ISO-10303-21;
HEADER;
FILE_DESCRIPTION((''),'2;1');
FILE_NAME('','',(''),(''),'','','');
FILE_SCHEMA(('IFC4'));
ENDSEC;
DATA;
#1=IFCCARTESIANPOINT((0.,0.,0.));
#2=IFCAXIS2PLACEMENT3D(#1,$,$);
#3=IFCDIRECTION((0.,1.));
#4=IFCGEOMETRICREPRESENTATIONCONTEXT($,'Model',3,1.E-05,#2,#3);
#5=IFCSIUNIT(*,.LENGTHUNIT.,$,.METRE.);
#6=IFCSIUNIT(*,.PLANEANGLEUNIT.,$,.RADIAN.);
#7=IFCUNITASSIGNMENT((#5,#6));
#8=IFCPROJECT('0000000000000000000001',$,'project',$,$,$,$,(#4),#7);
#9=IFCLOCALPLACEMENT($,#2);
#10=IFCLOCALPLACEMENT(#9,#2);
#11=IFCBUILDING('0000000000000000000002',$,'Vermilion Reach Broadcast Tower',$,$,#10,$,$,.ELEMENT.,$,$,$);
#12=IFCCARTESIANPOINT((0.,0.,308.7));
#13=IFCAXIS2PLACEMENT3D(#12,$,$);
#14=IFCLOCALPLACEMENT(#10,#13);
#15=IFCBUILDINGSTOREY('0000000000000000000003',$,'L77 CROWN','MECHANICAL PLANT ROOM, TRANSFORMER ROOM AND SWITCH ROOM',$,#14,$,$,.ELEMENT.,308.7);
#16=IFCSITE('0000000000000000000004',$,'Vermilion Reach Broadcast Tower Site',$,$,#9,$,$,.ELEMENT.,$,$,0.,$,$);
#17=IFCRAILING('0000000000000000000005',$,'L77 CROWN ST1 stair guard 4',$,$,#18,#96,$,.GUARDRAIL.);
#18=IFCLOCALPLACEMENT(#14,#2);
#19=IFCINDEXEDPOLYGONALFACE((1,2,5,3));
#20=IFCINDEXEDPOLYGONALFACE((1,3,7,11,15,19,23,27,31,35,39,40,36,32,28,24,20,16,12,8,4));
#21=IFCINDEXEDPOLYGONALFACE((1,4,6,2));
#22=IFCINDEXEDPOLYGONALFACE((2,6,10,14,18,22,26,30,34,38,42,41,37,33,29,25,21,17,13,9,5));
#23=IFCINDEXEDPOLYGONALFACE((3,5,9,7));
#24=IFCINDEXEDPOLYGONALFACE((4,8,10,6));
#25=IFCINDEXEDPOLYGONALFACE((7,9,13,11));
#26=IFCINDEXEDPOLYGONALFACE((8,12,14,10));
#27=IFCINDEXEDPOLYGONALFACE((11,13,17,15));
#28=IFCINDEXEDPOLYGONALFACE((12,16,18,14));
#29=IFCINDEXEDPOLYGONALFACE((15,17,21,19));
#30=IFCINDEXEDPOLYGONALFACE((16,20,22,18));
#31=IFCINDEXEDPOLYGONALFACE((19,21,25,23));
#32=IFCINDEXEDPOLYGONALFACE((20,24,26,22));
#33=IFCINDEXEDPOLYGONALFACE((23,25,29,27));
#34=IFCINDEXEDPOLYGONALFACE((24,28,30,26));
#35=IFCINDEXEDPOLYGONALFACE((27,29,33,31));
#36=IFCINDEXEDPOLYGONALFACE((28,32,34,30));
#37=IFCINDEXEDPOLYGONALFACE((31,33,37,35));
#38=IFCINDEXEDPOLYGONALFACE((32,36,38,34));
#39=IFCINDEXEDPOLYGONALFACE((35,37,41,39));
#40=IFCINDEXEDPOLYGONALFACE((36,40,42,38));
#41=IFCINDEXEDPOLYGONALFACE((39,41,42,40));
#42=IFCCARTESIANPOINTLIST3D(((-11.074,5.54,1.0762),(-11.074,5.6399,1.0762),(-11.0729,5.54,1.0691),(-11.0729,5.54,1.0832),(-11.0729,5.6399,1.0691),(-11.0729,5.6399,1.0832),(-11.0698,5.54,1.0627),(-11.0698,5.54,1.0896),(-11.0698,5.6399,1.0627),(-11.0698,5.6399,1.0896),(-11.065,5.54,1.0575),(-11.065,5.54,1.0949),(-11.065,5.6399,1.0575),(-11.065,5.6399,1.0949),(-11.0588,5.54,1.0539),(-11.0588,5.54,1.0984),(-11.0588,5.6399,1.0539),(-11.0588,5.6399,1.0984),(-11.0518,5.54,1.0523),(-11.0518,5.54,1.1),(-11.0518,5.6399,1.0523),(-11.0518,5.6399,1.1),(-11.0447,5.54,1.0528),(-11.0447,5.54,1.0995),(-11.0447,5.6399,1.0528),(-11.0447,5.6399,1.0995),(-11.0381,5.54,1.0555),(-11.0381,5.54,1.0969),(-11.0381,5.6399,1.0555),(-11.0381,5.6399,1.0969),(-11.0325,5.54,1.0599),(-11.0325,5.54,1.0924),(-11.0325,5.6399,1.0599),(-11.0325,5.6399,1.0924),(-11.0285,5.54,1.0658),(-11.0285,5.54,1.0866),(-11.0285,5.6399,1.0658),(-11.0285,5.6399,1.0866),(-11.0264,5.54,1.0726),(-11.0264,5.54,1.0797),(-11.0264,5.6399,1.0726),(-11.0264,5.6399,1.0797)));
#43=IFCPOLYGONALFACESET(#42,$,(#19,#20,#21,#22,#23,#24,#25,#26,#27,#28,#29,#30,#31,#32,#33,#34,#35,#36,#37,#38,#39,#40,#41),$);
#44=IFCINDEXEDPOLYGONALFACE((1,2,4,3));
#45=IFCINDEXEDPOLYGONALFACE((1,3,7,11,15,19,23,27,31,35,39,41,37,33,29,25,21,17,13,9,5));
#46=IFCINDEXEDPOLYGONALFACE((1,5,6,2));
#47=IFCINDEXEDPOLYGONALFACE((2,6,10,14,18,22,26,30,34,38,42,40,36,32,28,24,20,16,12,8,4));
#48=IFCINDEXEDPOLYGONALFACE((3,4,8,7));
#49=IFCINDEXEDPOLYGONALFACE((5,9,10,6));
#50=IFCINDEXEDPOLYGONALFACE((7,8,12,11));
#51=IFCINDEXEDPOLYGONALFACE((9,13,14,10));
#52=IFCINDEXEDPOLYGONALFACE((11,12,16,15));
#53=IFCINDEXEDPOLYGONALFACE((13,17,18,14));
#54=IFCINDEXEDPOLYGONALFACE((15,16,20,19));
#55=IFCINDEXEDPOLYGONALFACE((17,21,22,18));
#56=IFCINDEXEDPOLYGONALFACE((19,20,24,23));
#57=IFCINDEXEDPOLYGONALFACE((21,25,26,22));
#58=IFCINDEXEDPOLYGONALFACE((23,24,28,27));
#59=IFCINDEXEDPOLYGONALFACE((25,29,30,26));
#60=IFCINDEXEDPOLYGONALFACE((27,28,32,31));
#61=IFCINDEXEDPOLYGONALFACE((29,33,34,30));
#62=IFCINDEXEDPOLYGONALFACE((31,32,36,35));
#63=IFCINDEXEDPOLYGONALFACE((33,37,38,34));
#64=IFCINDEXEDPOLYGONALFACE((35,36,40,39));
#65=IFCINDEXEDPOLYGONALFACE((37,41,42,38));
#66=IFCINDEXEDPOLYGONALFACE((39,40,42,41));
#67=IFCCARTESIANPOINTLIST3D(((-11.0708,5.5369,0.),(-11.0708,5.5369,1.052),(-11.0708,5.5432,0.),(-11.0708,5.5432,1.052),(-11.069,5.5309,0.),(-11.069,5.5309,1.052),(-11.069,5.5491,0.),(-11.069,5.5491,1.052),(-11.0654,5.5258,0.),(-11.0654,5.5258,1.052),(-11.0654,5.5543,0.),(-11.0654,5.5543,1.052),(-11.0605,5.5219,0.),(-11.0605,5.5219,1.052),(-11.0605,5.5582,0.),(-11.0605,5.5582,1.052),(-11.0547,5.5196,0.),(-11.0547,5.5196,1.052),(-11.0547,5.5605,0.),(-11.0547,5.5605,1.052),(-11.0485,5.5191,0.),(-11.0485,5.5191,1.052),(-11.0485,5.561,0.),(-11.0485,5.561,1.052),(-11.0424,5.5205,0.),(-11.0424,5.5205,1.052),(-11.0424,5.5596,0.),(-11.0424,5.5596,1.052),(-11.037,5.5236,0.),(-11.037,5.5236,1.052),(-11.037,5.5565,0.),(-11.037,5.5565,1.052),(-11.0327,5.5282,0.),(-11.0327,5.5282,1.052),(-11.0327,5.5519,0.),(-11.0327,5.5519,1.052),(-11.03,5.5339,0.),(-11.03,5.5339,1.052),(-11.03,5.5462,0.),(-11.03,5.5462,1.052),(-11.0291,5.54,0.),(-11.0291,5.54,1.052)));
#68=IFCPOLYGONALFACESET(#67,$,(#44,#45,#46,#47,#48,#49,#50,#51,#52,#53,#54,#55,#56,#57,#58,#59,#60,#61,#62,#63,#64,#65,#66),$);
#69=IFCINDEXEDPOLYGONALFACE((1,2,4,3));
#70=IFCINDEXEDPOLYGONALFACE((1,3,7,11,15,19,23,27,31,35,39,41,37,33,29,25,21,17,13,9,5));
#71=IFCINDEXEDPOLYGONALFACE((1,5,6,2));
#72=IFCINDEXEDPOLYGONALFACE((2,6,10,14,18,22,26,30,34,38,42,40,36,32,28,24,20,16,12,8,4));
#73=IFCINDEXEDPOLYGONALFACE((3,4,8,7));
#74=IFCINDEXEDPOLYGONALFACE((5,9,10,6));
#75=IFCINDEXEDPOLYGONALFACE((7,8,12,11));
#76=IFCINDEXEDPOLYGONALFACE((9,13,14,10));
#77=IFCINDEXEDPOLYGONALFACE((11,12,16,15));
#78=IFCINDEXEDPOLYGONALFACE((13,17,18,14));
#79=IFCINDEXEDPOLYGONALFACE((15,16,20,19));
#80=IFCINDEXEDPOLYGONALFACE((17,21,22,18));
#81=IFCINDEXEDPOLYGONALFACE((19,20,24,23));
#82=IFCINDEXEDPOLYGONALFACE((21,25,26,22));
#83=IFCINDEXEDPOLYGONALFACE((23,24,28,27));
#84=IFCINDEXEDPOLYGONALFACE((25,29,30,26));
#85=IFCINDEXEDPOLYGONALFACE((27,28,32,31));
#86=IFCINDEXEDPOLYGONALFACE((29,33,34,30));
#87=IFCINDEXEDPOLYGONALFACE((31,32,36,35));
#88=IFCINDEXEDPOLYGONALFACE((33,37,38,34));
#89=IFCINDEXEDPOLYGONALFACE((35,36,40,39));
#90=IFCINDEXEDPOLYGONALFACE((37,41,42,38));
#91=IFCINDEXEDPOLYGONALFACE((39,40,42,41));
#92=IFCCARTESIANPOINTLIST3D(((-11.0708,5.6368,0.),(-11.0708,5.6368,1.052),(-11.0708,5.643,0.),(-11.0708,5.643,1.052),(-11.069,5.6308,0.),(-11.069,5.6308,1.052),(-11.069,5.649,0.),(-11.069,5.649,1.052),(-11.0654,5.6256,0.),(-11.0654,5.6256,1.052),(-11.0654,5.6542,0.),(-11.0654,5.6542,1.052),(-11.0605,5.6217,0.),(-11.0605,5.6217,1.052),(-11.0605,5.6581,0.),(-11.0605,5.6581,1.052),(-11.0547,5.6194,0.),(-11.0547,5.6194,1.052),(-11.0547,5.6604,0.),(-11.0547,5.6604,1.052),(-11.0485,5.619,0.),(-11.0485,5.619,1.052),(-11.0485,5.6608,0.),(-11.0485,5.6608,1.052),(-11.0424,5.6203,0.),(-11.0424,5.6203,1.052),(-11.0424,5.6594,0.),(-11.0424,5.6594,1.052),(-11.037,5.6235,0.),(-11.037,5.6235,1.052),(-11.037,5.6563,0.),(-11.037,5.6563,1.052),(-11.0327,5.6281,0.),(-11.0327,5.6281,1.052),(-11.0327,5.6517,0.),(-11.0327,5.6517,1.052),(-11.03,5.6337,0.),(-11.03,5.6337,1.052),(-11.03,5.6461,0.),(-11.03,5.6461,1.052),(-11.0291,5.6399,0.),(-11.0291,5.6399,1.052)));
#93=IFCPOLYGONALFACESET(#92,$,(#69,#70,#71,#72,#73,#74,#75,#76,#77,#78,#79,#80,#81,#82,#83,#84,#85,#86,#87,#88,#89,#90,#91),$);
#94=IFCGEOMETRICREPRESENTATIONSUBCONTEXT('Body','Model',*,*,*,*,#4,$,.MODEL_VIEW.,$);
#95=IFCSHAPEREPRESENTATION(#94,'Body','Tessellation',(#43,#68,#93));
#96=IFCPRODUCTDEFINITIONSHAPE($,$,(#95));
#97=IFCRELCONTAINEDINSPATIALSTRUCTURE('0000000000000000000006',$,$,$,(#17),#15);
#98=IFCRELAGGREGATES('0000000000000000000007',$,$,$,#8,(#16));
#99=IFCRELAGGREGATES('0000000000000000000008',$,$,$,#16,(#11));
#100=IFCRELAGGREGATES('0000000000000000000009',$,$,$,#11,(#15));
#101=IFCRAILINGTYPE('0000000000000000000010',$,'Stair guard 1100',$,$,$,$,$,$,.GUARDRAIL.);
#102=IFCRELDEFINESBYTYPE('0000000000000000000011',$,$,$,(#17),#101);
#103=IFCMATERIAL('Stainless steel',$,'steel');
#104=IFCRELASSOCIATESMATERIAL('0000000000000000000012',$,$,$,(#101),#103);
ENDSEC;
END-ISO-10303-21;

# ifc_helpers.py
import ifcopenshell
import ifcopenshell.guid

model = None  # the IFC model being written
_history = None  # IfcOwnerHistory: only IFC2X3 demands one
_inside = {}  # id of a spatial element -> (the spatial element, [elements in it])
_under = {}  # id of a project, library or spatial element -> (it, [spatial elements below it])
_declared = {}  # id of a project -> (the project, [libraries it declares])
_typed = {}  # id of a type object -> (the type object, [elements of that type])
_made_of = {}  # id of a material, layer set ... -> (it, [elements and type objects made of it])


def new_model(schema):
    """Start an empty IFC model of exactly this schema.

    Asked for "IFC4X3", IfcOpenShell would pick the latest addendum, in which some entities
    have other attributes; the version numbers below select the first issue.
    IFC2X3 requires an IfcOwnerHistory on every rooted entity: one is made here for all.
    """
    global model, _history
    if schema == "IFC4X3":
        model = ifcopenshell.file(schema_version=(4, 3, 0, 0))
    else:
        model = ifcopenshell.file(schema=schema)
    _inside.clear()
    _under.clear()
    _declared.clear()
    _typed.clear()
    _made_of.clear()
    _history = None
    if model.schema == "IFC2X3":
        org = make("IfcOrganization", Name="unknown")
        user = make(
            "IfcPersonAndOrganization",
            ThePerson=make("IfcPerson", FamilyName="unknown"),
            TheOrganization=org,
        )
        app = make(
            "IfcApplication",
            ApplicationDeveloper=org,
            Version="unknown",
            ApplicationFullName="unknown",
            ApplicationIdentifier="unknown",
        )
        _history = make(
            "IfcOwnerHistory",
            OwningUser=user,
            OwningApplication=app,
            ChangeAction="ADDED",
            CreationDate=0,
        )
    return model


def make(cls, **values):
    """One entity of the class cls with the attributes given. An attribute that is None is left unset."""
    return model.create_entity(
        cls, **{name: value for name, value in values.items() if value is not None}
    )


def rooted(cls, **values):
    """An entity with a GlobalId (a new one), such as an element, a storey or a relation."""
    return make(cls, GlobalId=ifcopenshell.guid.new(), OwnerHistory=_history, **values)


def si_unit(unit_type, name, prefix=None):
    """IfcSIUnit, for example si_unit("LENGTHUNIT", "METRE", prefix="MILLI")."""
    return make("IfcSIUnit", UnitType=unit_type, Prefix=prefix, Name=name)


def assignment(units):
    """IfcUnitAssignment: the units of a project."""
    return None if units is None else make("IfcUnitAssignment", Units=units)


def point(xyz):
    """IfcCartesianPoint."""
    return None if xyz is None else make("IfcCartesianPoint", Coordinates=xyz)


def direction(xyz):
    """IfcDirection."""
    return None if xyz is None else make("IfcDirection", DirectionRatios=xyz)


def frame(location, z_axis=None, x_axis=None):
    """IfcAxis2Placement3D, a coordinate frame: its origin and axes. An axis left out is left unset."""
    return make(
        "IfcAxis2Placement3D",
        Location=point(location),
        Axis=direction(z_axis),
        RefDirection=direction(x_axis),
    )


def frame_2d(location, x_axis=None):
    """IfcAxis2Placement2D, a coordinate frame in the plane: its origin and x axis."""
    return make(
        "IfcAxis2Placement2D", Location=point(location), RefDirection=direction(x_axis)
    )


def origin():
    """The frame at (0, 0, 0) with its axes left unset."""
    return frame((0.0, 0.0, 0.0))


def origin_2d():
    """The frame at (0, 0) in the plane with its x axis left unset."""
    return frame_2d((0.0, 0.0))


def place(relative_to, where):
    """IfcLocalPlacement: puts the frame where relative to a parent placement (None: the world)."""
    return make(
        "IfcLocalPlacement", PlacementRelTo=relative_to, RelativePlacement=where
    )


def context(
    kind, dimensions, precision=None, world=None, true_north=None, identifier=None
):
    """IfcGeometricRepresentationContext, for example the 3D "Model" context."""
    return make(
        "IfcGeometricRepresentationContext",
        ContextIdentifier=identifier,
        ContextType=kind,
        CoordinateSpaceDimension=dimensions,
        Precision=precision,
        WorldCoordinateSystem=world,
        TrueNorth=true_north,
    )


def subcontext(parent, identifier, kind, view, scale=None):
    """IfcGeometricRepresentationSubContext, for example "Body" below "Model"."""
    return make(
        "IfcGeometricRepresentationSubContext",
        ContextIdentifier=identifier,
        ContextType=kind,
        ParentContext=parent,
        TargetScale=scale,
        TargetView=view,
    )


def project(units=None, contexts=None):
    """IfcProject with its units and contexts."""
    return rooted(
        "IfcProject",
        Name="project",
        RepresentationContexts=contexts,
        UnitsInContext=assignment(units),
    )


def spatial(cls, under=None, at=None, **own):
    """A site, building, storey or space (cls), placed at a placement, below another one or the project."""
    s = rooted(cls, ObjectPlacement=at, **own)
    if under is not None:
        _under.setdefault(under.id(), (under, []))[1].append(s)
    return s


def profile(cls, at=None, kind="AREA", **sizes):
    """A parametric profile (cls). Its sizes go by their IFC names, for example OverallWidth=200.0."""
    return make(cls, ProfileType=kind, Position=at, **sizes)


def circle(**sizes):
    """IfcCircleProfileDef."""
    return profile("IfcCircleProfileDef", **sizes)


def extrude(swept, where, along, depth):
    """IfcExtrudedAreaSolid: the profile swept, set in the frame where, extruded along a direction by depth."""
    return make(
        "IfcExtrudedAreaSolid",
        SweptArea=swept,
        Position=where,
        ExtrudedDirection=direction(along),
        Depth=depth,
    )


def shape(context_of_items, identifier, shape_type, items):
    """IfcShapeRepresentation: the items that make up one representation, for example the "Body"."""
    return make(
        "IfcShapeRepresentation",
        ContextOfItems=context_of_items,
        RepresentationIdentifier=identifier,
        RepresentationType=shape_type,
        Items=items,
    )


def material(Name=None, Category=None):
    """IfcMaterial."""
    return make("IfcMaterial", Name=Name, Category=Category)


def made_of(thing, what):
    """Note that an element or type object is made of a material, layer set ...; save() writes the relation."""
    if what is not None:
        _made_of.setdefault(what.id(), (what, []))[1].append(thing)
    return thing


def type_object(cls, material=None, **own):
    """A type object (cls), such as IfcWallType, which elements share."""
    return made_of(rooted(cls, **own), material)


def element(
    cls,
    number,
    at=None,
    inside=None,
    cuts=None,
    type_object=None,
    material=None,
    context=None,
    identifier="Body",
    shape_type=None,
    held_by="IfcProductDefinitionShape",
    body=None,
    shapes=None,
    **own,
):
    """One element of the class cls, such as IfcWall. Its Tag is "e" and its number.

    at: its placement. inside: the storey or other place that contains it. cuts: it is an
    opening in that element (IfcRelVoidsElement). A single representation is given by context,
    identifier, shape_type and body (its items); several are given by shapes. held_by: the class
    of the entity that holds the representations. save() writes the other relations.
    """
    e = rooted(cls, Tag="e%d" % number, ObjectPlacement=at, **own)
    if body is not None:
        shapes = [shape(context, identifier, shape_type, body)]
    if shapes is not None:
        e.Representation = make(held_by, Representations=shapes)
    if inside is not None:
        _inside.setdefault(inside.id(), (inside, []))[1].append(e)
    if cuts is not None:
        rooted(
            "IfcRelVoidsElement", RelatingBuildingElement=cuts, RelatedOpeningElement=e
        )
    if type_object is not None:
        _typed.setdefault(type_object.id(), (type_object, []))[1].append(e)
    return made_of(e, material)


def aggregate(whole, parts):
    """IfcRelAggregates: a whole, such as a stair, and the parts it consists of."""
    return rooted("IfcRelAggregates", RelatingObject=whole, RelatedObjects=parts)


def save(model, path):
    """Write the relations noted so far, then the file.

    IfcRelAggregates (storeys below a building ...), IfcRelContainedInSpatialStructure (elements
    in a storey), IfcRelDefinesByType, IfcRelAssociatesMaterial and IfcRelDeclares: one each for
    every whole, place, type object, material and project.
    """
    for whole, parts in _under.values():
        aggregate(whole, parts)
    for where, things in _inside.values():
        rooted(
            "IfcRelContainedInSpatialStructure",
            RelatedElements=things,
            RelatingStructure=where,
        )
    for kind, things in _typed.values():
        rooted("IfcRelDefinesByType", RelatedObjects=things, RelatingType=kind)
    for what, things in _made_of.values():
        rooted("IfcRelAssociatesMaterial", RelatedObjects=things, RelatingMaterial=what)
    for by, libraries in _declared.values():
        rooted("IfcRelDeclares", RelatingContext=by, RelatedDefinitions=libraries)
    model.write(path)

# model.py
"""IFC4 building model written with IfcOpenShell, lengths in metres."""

from ifc_helpers import new_model, si_unit, direction, frame, origin, origin_2d, place, context, subcontext, project, spatial, circle, extrude, material, type_object, element, save


model = new_model("IFC4")

# Units and contexts
model_context = context("Model", 3, precision=1e-05, world=origin(), true_north=direction((0.0, 1.0)))
body_context = subcontext(model_context, "Body", "Model", "MODEL_VIEW")
ifc_project = project(units=[si_unit("LENGTHUNIT", "METRE"), si_unit("PLANEANGLEUNIT", "RADIAN")], contexts=[model_context])

# Site, building, storey
site_placement = place(None, origin())
site = spatial("IfcSite", under=ifc_project, at=site_placement, Name="Vermilion Reach Broadcast Tower Site", CompositionType="ELEMENT", RefElevation=0.0)
building_placement = place(site_placement, origin())
building = spatial("IfcBuilding", under=site, at=building_placement, Name="Vermilion Reach Broadcast Tower", CompositionType="ELEMENT")
storey_placement = place(building_placement, frame((0.0, 0.0, 308.7)))
storey = spatial("IfcBuildingStorey", under=building, at=storey_placement, Name="L77 CROWN", Description="MECHANICAL PLANT ROOM, TRANSFORMER ROOM AND SWITCH ROOM", CompositionType="ELEMENT", Elevation=308.7)

# Railing
ifc_material_1 = material(Name="Stainless steel", Category="steel")
railing_type_1 = type_object("IfcRailingType", Name="Stair guard 1100", PredefinedType="GUARDRAIL", material=ifc_material_1)
railing_1_placement = place(storey_placement, frame((-11.05, 5.54, 0.0)))
element("IfcRailing", 1, at=railing_1_placement, inside=storey, type_object=railing_type_1, Name="L77 CROWN ST1 stair guard 4", PredefinedType="GUARDRAIL", context=body_context, shape_type="SweptSolid", body=[
    extrude(circle(Radius=0.0239, at=origin_2d()), frame((0.0, 0.0, 1.0762), z_axis=(0.0, 1.0, 0.0), x_axis=(-1.0, 0.0, 0.0)), (0.0, 0.0, 1.0), 0.0999),
    extrude(circle(Radius=0.021, at=origin_2d()), origin(), (0.0, 0.0, 1.0), 1.052),
    extrude(circle(Radius=0.021, at=origin_2d()), frame((0.0, 0.0999, 0.0)), (0.0, 0.0, 1.0), 1.052),
])

save(model, "model.ifc")
